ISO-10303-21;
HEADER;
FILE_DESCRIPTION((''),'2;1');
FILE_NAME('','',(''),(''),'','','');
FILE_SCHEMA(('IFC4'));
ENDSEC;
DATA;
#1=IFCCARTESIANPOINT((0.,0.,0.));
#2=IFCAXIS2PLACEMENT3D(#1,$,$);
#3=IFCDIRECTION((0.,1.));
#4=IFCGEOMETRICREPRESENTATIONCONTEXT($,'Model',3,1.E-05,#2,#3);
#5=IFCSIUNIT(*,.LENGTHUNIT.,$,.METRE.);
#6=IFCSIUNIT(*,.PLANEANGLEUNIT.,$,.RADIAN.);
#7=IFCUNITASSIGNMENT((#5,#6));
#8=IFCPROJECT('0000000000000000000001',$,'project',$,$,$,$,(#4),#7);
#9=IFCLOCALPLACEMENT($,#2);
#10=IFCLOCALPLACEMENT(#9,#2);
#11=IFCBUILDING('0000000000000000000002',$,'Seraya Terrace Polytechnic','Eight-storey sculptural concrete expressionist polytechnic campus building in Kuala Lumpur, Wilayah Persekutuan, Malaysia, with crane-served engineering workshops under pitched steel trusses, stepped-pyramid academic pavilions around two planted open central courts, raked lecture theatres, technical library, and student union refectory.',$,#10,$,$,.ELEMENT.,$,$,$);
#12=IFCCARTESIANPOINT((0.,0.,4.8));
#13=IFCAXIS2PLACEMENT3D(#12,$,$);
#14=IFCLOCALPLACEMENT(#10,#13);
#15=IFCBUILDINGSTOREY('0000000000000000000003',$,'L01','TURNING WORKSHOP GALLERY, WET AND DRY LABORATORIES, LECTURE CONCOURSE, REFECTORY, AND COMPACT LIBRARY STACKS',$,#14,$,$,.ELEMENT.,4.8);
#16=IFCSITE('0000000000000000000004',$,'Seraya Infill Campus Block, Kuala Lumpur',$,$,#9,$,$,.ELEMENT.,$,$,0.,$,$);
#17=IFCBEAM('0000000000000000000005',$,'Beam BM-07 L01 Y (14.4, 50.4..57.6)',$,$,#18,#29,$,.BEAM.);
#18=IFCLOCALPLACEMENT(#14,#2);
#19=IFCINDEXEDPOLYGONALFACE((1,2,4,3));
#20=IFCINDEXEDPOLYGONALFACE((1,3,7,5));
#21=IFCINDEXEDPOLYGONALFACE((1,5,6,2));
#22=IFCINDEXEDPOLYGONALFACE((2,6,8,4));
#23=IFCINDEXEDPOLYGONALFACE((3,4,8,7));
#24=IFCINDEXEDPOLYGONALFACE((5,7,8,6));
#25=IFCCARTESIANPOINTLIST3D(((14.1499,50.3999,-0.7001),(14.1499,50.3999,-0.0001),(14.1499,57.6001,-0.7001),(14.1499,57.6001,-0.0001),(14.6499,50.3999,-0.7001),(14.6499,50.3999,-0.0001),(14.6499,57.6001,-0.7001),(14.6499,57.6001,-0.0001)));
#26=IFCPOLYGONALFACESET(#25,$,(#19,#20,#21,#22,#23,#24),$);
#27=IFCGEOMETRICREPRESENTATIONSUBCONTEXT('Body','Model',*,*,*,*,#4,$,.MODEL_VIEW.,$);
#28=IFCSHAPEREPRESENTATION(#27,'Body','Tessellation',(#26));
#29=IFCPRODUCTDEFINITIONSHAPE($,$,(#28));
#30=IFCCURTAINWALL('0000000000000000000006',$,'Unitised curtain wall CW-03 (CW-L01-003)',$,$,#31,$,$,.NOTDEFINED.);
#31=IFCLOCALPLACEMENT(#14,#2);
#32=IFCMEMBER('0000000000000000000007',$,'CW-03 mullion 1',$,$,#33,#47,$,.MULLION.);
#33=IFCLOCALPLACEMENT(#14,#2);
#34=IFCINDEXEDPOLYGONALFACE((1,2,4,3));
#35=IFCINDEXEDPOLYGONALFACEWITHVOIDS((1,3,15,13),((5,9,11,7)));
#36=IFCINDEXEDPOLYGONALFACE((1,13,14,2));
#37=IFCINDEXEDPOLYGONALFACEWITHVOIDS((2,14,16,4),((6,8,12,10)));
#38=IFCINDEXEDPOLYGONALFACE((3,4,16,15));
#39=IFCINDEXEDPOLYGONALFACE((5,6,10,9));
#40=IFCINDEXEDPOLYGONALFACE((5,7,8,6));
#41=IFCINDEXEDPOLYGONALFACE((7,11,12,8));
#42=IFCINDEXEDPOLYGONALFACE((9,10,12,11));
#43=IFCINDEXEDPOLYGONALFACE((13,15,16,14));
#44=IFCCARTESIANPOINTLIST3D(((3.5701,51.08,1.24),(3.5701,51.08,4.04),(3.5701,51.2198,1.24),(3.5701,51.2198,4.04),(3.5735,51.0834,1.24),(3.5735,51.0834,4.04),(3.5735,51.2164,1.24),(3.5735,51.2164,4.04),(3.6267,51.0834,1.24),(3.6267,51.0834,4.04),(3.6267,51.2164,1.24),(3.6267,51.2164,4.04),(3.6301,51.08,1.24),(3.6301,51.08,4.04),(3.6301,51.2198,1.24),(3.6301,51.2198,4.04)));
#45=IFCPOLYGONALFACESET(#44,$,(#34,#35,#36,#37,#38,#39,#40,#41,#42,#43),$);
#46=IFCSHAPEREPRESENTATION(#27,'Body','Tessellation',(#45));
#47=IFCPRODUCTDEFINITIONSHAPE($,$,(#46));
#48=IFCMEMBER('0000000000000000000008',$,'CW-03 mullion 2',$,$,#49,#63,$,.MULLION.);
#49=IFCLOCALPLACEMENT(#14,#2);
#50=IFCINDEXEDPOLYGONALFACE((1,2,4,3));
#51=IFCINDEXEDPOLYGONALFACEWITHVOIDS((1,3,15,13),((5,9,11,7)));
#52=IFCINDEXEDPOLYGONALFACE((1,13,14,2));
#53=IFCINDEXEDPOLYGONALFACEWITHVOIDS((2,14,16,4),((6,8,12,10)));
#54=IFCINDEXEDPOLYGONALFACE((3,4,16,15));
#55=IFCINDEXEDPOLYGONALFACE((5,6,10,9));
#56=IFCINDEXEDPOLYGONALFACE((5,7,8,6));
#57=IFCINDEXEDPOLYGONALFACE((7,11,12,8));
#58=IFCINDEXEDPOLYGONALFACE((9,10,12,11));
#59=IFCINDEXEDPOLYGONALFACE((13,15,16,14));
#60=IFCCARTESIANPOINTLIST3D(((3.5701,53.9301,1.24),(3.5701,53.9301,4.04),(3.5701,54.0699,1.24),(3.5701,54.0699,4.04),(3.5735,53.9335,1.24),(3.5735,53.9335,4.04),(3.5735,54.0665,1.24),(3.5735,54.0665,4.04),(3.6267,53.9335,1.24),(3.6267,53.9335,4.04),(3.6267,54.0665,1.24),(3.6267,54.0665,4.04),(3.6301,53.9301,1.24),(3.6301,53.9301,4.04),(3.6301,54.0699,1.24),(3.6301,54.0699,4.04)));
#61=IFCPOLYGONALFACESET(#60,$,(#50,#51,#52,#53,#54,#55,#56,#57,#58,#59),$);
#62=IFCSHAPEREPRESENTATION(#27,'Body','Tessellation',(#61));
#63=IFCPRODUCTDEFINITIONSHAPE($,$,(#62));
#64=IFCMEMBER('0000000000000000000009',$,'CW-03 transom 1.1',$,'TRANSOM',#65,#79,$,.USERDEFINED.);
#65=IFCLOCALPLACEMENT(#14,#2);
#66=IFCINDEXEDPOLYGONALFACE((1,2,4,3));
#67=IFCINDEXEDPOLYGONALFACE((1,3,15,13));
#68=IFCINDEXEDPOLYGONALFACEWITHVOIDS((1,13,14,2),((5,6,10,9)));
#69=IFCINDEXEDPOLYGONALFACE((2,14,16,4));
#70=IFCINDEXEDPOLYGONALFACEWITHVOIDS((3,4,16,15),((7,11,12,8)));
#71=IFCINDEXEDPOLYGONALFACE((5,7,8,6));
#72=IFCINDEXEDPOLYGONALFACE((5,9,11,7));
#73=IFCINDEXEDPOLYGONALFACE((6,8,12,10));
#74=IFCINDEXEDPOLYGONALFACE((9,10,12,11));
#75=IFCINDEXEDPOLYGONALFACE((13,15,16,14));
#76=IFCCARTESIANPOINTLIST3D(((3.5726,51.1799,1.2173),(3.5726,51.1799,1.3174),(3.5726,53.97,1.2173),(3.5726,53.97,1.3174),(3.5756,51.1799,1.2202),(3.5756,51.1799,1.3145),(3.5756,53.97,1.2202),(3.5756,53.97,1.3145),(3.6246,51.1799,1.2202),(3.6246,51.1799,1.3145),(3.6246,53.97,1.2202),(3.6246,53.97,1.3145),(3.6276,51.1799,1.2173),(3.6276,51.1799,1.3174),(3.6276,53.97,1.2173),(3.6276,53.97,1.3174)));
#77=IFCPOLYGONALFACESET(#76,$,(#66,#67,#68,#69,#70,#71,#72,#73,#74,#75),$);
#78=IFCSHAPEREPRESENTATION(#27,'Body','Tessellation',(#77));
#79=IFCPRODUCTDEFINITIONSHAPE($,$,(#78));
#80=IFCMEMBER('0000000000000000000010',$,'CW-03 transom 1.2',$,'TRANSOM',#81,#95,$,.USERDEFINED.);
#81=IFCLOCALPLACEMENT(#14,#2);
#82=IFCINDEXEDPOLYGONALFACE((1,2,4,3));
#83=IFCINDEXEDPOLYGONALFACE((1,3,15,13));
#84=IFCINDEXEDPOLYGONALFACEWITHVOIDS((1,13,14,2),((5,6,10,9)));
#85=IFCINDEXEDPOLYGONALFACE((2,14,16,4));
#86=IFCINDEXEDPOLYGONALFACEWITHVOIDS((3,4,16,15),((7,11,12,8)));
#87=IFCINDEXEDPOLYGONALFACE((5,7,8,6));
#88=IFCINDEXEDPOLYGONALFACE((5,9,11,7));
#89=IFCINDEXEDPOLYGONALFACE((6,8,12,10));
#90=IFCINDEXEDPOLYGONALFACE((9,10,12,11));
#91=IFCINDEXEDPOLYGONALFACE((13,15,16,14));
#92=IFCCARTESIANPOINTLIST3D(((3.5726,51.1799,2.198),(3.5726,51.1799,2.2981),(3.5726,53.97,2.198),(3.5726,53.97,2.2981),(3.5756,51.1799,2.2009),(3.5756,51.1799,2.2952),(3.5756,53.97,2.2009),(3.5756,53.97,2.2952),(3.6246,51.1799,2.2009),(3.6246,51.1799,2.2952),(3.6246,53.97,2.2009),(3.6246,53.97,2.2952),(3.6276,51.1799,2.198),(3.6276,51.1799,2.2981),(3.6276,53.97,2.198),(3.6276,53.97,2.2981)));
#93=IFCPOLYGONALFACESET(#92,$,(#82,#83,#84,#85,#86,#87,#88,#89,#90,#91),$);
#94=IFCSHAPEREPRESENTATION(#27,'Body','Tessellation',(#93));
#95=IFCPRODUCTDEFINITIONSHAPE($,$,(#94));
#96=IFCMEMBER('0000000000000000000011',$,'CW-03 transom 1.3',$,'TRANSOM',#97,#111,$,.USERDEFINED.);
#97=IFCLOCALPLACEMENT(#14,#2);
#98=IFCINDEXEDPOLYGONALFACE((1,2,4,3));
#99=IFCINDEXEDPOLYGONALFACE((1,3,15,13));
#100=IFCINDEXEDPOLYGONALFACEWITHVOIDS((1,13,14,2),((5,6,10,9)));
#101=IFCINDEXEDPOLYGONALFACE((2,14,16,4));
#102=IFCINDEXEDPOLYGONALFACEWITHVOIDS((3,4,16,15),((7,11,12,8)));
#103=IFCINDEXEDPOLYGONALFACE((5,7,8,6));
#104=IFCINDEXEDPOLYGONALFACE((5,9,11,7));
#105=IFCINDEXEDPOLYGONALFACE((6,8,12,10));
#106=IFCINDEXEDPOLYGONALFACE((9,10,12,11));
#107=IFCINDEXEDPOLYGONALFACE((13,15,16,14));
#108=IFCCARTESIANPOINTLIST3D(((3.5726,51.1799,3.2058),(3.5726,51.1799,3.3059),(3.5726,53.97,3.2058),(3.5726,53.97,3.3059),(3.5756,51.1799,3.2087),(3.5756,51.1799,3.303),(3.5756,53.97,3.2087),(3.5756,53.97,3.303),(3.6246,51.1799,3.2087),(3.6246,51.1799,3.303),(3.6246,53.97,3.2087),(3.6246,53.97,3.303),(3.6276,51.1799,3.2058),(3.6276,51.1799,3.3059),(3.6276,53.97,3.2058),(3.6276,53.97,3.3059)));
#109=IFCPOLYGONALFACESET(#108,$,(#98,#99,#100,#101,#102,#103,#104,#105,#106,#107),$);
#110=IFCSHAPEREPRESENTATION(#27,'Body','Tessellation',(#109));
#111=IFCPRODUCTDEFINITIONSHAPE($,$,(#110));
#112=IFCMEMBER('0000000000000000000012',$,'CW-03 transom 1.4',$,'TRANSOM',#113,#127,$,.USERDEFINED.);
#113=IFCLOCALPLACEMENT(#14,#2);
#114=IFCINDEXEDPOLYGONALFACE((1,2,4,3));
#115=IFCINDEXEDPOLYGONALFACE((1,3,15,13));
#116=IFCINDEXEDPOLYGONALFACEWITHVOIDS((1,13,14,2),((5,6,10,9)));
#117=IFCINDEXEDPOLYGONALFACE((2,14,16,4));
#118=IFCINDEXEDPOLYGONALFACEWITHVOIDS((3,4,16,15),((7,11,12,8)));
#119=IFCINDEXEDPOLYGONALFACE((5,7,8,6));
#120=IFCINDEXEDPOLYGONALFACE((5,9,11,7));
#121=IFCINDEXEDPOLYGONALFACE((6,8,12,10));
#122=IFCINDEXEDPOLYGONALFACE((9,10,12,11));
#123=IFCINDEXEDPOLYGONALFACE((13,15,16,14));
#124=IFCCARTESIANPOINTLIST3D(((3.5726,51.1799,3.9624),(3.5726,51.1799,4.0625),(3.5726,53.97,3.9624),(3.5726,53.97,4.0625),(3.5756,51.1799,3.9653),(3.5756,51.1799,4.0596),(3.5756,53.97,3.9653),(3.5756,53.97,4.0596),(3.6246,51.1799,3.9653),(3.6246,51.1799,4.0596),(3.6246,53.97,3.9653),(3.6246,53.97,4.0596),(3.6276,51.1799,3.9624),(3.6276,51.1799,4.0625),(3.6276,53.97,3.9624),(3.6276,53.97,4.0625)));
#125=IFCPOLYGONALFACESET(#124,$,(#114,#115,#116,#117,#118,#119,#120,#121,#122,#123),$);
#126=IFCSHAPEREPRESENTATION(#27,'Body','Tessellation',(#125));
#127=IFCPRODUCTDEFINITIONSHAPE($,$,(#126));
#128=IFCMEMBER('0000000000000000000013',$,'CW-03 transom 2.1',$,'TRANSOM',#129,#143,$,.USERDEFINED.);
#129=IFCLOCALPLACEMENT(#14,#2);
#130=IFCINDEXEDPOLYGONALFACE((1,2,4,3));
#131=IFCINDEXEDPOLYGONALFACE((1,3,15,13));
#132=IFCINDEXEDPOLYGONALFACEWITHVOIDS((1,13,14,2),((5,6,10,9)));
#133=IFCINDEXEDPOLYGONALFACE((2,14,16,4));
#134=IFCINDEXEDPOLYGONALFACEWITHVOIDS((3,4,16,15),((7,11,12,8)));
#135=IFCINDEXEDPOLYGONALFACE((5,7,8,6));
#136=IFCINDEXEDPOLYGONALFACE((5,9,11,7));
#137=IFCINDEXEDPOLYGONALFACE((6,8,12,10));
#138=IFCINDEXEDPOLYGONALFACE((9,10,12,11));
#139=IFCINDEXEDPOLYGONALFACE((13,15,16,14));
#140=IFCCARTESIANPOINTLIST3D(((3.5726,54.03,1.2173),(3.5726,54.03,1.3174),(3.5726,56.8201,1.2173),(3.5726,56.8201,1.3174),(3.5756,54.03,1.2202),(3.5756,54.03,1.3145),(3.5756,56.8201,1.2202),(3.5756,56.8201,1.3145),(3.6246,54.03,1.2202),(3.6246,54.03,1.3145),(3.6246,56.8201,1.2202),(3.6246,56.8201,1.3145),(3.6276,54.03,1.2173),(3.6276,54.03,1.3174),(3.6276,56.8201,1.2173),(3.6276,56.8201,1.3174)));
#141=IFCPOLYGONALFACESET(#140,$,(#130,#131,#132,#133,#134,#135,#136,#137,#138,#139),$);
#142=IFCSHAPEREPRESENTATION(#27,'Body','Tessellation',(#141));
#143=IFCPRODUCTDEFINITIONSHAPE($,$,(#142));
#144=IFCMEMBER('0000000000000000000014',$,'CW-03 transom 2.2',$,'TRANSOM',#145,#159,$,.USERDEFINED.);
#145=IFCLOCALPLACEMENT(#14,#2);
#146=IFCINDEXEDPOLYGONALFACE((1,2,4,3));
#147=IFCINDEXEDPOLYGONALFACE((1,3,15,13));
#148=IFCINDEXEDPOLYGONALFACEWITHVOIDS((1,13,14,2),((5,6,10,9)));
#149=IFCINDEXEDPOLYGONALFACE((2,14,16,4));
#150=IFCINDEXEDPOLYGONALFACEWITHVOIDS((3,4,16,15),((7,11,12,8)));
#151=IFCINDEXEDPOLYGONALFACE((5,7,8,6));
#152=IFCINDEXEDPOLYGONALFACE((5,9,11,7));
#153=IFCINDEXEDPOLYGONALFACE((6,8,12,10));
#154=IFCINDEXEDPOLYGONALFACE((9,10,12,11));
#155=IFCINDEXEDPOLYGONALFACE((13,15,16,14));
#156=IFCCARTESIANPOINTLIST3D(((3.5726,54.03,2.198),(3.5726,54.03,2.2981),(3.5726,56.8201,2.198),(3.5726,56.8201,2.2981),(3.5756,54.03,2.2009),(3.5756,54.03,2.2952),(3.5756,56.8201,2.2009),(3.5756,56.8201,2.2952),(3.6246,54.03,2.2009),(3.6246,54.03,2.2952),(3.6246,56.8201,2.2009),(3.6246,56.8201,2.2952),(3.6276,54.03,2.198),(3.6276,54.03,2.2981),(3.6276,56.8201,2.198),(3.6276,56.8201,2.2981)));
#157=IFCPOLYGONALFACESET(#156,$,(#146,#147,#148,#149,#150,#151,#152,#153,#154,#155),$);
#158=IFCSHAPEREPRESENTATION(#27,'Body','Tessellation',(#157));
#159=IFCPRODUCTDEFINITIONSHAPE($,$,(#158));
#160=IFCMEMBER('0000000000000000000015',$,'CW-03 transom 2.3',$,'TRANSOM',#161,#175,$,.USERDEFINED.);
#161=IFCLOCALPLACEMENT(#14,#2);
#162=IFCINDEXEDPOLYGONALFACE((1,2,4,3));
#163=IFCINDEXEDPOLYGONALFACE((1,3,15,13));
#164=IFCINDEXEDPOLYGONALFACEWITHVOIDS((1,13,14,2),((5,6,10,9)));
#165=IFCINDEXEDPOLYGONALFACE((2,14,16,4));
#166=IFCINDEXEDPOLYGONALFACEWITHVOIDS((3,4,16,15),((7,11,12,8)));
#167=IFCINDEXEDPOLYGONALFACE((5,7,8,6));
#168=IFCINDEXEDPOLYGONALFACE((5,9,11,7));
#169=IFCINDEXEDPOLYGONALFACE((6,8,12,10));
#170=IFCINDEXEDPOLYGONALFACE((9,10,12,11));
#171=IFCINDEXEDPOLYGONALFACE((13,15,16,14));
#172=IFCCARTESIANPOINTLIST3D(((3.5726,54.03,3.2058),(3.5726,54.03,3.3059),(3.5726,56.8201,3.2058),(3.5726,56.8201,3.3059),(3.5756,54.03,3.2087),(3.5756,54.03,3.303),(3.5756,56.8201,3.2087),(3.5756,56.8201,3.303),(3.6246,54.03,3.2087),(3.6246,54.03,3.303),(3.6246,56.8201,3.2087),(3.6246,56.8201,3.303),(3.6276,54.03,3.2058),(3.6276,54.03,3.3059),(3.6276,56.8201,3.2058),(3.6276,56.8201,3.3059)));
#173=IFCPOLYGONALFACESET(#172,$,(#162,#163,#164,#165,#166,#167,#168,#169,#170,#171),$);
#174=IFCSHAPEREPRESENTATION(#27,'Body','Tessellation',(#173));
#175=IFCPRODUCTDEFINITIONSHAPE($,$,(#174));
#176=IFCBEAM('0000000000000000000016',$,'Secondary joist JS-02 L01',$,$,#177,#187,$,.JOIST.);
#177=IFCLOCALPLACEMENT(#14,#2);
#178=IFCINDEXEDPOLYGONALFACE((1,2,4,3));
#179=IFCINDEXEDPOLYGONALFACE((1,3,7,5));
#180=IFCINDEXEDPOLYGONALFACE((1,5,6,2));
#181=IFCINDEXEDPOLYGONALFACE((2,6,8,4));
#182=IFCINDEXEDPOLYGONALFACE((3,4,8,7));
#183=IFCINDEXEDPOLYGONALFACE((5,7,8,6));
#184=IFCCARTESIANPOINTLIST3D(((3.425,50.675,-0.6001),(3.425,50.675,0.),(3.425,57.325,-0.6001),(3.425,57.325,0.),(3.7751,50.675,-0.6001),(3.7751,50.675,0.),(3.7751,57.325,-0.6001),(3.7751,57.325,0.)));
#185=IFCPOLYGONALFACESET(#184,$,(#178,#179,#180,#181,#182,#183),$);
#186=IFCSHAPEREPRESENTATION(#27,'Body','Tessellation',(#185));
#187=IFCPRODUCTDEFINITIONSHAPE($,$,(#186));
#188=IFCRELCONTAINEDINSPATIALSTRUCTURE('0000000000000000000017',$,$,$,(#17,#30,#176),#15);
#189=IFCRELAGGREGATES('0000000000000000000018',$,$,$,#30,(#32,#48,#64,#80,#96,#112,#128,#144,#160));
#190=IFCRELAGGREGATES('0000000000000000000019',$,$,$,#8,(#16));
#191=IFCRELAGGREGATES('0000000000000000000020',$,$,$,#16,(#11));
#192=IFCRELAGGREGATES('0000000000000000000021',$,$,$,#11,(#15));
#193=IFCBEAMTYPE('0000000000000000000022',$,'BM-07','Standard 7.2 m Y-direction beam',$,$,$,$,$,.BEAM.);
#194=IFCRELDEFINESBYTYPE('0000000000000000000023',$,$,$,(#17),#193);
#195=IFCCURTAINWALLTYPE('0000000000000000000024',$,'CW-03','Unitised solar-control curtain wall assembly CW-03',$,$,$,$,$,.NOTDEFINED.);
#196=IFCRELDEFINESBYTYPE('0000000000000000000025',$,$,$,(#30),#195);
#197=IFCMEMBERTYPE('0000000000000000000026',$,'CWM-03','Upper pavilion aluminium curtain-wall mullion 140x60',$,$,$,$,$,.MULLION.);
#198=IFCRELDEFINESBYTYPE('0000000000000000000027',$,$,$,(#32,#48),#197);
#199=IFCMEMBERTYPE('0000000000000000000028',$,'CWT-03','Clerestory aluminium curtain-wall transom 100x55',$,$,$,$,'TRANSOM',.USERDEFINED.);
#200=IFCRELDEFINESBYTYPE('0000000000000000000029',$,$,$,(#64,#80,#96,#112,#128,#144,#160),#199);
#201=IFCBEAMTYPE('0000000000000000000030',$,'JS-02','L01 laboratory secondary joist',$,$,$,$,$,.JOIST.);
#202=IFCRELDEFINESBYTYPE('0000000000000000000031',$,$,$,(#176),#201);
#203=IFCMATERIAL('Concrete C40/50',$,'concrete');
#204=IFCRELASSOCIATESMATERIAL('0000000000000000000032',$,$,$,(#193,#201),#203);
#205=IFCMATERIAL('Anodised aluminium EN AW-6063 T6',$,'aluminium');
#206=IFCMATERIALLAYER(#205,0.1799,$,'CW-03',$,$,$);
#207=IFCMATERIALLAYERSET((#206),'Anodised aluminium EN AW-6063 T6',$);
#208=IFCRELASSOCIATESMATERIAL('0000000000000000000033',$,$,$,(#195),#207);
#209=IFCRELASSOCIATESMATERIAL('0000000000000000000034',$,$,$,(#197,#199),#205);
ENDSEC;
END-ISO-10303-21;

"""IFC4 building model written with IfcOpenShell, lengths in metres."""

from ifc_helpers import new_model, si_unit, direction, frame, origin, origin_2d, place, context, subcontext, project, spatial, rectangle, hollow_rectangle, extrude, material, layer, layer_set, material_profile, profile_set, type_object, element, aggregate, save


model = new_model("IFC4")

# Units and contexts
model_context = context("Model", 3, precision=1e-05, world=origin(), true_north=direction((0.0, 1.0)))
body_context = subcontext(model_context, "Body", "Model", "MODEL_VIEW")
ifc_project = project(units=[si_unit("LENGTHUNIT", "METRE"), si_unit("PLANEANGLEUNIT", "RADIAN")], contexts=[model_context])

# Site, building, storey
site_placement = place(None, origin())
site = spatial("IfcSite", under=ifc_project, at=site_placement, Name="Seraya Infill Campus Block, Kuala Lumpur", CompositionType="ELEMENT", RefElevation=0.0)
building_placement = place(site_placement, origin())
building = spatial("IfcBuilding", under=site, at=building_placement, Name="Seraya Terrace Polytechnic", Description="Eight-storey sculptural concrete expressionist polytechnic campus building in Kuala Lumpur, Wilayah Persekutuan, Malaysia, with crane-served engineering workshops under pitched steel trusses, stepped-pyramid academic pavilions around two planted open central courts, raked lecture theatres, technical library, and student union refectory.", CompositionType="ELEMENT")
storey_placement = place(building_placement, frame((0.0, 0.0, 4.8)))
storey = spatial("IfcBuildingStorey", under=building, at=storey_placement, Name="L01", Description="TURNING WORKSHOP GALLERY, WET AND DRY LABORATORIES, LECTURE CONCOURSE, REFECTORY, AND COMPACT LIBRARY STACKS", CompositionType="ELEMENT", Elevation=4.8)

# Beam
ifc_material_1 = material(Name="Concrete C40/50", Category="concrete")
ifc_material_profile_1 = material_profile(ifc_material_1, rectangle(XDim=0.5, YDim=0.7, at=origin_2d()), Name="RC 500x700")
ifc_profile_set_1 = profile_set([ifc_material_profile_1], Name="Concrete C40/50")
beam_type_1 = type_object("IfcBeamType", Name="BM-07", Description="Standard 7.2 m Y-direction beam", PredefinedType="BEAM", material=ifc_profile_set_1)
beam_1_placement = place(storey_placement, frame((14.3999, 50.3999, -0.3501), z_axis=(0.0, 1.0, 0.0), x_axis=(-1.0, 0.0, 0.0)))
element("IfcBeam", 1, at=beam_1_placement, inside=storey, type_object=beam_type_1, Name="Beam BM-07 L01 Y (14.4, 50.4..57.6)", PredefinedType="BEAM", context=body_context, shape_type="SweptSolid", body=[
    extrude(rectangle(XDim=0.5, YDim=0.7, at=origin_2d()), origin(), (0.0, 0.0, 1.0), 7.2002),
])

# Curtain wall, members
ifc_material_2 = material(Name="Anodised aluminium EN AW-6063 T6", Category="aluminium")
ifc_layer_1 = layer(ifc_material_2, 0.1799, Name="CW-03")
ifc_layer_set_1 = layer_set([ifc_layer_1], Name="Anodised aluminium EN AW-6063 T6")
curtain_wall_type = type_object("IfcCurtainWallType", Name="CW-03", Description="Unitised solar-control curtain wall assembly CW-03", PredefinedType="NOTDEFINED", material=ifc_layer_set_1)
curtain_wall_placement = place(storey_placement, origin())
curtain_wall = element("IfcCurtainWall", 2, at=curtain_wall_placement, inside=storey, type_object=curtain_wall_type, Name="Unitised curtain wall CW-03 (CW-L01-003)", PredefinedType="NOTDEFINED")
ifc_material_profile_2 = material_profile(ifc_material_2, hollow_rectangle(XDim=0.0601, YDim=0.1399, WallThickness=0.0034, at=origin_2d()), Name="RHS 140x60x3.5")
ifc_profile_set_2 = profile_set([ifc_material_profile_2], Name="Anodised aluminium EN AW-6063 T6")
member_type_1 = type_object("IfcMemberType", Name="CWM-03", Description="Upper pavilion aluminium curtain-wall mullion 140x60", PredefinedType="MULLION", material=ifc_profile_set_2)
member_1_placement = place(storey_placement, frame((3.6001, 51.1499, 1.24), z_axis=(0.0, 0.0, 1.0), x_axis=(-1.0, 0.0, 0.0)))
member_1 = element("IfcMember", 3, at=member_1_placement, type_object=member_type_1, Name="CW-03 mullion 1", PredefinedType="MULLION", context=body_context, shape_type="SweptSolid", body=[
    extrude(hollow_rectangle(XDim=0.0601, YDim=0.1399, WallThickness=0.0034, at=origin_2d()), origin(), (0.0, 0.0, 1.0), 2.8),
])
member_2_placement = place(storey_placement, frame((3.6001, 54.0, 1.24), z_axis=(0.0, 0.0, 1.0), x_axis=(-1.0, 0.0, 0.0)))
member_2 = element("IfcMember", 4, at=member_2_placement, type_object=member_type_1, Name="CW-03 mullion 2", PredefinedType="MULLION", context=body_context, shape_type="SweptSolid", body=[
    extrude(hollow_rectangle(XDim=0.0601, YDim=0.1399, WallThickness=0.0034, at=origin_2d()), origin(), (0.0, 0.0, 1.0), 2.8),
])
ifc_material_profile_3 = material_profile(ifc_material_2, hollow_rectangle(XDim=0.0549, YDim=0.1001, WallThickness=0.0029, at=origin_2d()), Name="RHS 100x55x3.0")
ifc_profile_set_3 = profile_set([ifc_material_profile_3], Name="Anodised aluminium EN AW-6063 T6")
member_type_2 = type_object("IfcMemberType", Name="CWT-03", Description="Clerestory aluminium curtain-wall transom 100x55", ElementType="TRANSOM", PredefinedType="USERDEFINED", material=ifc_profile_set_3)
member_3_placement = place(storey_placement, frame((3.6001, 51.1799, 1.2673), z_axis=(0.0, 1.0, 0.0), x_axis=(-1.0, 0.0, 0.0)))
member_3 = element("IfcMember", 5, at=member_3_placement, type_object=member_type_2, Name="CW-03 transom 1.1", ObjectType="TRANSOM", PredefinedType="USERDEFINED", context=body_context, shape_type="SweptSolid", body=[
    extrude(hollow_rectangle(XDim=0.0549, YDim=0.1001, WallThickness=0.0029, at=origin_2d()), origin(), (0.0, 0.0, 1.0), 2.79),
])
member_4_placement = place(storey_placement, frame((3.6001, 51.1799, 2.248), z_axis=(0.0, 1.0, 0.0), x_axis=(-1.0, 0.0, 0.0)))
member_4 = element("IfcMember", 6, at=member_4_placement, type_object=member_type_2, Name="CW-03 transom 1.2", ObjectType="TRANSOM", PredefinedType="USERDEFINED", context=body_context, shape_type="SweptSolid", body=[
    extrude(hollow_rectangle(XDim=0.0549, YDim=0.1001, WallThickness=0.0029, at=origin_2d()), origin(), (0.0, 0.0, 1.0), 2.79),
])
member_5_placement = place(storey_placement, frame((3.6001, 51.1799, 3.2559), z_axis=(0.0, 1.0, 0.0), x_axis=(-1.0, 0.0, 0.0)))
member_5 = element("IfcMember", 7, at=member_5_placement, type_object=member_type_2, Name="CW-03 transom 1.3", ObjectType="TRANSOM", PredefinedType="USERDEFINED", context=body_context, shape_type="SweptSolid", body=[
    extrude(hollow_rectangle(XDim=0.0549, YDim=0.1001, WallThickness=0.0029, at=origin_2d()), origin(), (0.0, 0.0, 1.0), 2.79),
])
member_6_placement = place(storey_placement, frame((3.6001, 51.1799, 4.0125), z_axis=(0.0, 1.0, 0.0), x_axis=(-1.0, 0.0, 0.0)))
member_6 = element("IfcMember", 8, at=member_6_placement, type_object=member_type_2, Name="CW-03 transom 1.4", ObjectType="TRANSOM", PredefinedType="USERDEFINED", context=body_context, shape_type="SweptSolid", body=[
    extrude(hollow_rectangle(XDim=0.0549, YDim=0.1001, WallThickness=0.0029, at=origin_2d()), origin(), (0.0, 0.0, 1.0), 2.79),
])
member_7_placement = place(storey_placement, frame((3.6001, 54.03, 1.2673), z_axis=(0.0, 1.0, 0.0), x_axis=(-1.0, 0.0, 0.0)))
member_7 = element("IfcMember", 9, at=member_7_placement, type_object=member_type_2, Name="CW-03 transom 2.1", ObjectType="TRANSOM", PredefinedType="USERDEFINED", context=body_context, shape_type="SweptSolid", body=[
    extrude(hollow_rectangle(XDim=0.0549, YDim=0.1001, WallThickness=0.0029, at=origin_2d()), origin(), (0.0, 0.0, 1.0), 2.79),
])
member_8_placement = place(storey_placement, frame((3.6001, 54.03, 2.248), z_axis=(0.0, 1.0, 0.0), x_axis=(-1.0, 0.0, 0.0)))
member_8 = element("IfcMember", 10, at=member_8_placement, type_object=member_type_2, Name="CW-03 transom 2.2", ObjectType="TRANSOM", PredefinedType="USERDEFINED", context=body_context, shape_type="SweptSolid", body=[
    extrude(hollow_rectangle(XDim=0.0549, YDim=0.1001, WallThickness=0.0029, at=origin_2d()), origin(), (0.0, 0.0, 1.0), 2.79),
])
member_9_placement = place(storey_placement, frame((3.6001, 54.03, 3.2559), z_axis=(0.0, 1.0, 0.0), x_axis=(-1.0, 0.0, 0.0)))
member_9 = element("IfcMember", 11, at=member_9_placement, type_object=member_type_2, Name="CW-03 transom 2.3", ObjectType="TRANSOM", PredefinedType="USERDEFINED", context=body_context, shape_type="SweptSolid", body=[
    extrude(hollow_rectangle(XDim=0.0549, YDim=0.1001, WallThickness=0.0029, at=origin_2d()), origin(), (0.0, 0.0, 1.0), 2.79),
])

# Beam
ifc_material_profile_4 = material_profile(ifc_material_1, rectangle(XDim=0.3501, YDim=0.6001, at=origin_2d()), Name="RC 350x600")
ifc_profile_set_4 = profile_set([ifc_material_profile_4], Name="Concrete C40/50")
beam_type_2 = type_object("IfcBeamType", Name="JS-02", Description="L01 laboratory secondary joist", PredefinedType="JOIST", material=ifc_profile_set_4)
beam_2_placement = place(storey_placement, frame((3.6001, 50.675, -0.3), z_axis=(0.0, 1.0, 0.0), x_axis=(-1.0, 0.0, 0.0)))
element("IfcBeam", 12, at=beam_2_placement, inside=storey, type_object=beam_type_2, Name="Secondary joist JS-02 L01", PredefinedType="JOIST", context=body_context, shape_type="SweptSolid", body=[
    extrude(rectangle(XDim=0.3501, YDim=0.6001, at=origin_2d()), origin(), (0.0, 0.0, 1.0), 6.6499),
])

aggregate(curtain_wall, [member_1, member_2, member_3, member_4, member_5, member_6, member_7, member_8, member_9])

save(model, "model.ifc")
